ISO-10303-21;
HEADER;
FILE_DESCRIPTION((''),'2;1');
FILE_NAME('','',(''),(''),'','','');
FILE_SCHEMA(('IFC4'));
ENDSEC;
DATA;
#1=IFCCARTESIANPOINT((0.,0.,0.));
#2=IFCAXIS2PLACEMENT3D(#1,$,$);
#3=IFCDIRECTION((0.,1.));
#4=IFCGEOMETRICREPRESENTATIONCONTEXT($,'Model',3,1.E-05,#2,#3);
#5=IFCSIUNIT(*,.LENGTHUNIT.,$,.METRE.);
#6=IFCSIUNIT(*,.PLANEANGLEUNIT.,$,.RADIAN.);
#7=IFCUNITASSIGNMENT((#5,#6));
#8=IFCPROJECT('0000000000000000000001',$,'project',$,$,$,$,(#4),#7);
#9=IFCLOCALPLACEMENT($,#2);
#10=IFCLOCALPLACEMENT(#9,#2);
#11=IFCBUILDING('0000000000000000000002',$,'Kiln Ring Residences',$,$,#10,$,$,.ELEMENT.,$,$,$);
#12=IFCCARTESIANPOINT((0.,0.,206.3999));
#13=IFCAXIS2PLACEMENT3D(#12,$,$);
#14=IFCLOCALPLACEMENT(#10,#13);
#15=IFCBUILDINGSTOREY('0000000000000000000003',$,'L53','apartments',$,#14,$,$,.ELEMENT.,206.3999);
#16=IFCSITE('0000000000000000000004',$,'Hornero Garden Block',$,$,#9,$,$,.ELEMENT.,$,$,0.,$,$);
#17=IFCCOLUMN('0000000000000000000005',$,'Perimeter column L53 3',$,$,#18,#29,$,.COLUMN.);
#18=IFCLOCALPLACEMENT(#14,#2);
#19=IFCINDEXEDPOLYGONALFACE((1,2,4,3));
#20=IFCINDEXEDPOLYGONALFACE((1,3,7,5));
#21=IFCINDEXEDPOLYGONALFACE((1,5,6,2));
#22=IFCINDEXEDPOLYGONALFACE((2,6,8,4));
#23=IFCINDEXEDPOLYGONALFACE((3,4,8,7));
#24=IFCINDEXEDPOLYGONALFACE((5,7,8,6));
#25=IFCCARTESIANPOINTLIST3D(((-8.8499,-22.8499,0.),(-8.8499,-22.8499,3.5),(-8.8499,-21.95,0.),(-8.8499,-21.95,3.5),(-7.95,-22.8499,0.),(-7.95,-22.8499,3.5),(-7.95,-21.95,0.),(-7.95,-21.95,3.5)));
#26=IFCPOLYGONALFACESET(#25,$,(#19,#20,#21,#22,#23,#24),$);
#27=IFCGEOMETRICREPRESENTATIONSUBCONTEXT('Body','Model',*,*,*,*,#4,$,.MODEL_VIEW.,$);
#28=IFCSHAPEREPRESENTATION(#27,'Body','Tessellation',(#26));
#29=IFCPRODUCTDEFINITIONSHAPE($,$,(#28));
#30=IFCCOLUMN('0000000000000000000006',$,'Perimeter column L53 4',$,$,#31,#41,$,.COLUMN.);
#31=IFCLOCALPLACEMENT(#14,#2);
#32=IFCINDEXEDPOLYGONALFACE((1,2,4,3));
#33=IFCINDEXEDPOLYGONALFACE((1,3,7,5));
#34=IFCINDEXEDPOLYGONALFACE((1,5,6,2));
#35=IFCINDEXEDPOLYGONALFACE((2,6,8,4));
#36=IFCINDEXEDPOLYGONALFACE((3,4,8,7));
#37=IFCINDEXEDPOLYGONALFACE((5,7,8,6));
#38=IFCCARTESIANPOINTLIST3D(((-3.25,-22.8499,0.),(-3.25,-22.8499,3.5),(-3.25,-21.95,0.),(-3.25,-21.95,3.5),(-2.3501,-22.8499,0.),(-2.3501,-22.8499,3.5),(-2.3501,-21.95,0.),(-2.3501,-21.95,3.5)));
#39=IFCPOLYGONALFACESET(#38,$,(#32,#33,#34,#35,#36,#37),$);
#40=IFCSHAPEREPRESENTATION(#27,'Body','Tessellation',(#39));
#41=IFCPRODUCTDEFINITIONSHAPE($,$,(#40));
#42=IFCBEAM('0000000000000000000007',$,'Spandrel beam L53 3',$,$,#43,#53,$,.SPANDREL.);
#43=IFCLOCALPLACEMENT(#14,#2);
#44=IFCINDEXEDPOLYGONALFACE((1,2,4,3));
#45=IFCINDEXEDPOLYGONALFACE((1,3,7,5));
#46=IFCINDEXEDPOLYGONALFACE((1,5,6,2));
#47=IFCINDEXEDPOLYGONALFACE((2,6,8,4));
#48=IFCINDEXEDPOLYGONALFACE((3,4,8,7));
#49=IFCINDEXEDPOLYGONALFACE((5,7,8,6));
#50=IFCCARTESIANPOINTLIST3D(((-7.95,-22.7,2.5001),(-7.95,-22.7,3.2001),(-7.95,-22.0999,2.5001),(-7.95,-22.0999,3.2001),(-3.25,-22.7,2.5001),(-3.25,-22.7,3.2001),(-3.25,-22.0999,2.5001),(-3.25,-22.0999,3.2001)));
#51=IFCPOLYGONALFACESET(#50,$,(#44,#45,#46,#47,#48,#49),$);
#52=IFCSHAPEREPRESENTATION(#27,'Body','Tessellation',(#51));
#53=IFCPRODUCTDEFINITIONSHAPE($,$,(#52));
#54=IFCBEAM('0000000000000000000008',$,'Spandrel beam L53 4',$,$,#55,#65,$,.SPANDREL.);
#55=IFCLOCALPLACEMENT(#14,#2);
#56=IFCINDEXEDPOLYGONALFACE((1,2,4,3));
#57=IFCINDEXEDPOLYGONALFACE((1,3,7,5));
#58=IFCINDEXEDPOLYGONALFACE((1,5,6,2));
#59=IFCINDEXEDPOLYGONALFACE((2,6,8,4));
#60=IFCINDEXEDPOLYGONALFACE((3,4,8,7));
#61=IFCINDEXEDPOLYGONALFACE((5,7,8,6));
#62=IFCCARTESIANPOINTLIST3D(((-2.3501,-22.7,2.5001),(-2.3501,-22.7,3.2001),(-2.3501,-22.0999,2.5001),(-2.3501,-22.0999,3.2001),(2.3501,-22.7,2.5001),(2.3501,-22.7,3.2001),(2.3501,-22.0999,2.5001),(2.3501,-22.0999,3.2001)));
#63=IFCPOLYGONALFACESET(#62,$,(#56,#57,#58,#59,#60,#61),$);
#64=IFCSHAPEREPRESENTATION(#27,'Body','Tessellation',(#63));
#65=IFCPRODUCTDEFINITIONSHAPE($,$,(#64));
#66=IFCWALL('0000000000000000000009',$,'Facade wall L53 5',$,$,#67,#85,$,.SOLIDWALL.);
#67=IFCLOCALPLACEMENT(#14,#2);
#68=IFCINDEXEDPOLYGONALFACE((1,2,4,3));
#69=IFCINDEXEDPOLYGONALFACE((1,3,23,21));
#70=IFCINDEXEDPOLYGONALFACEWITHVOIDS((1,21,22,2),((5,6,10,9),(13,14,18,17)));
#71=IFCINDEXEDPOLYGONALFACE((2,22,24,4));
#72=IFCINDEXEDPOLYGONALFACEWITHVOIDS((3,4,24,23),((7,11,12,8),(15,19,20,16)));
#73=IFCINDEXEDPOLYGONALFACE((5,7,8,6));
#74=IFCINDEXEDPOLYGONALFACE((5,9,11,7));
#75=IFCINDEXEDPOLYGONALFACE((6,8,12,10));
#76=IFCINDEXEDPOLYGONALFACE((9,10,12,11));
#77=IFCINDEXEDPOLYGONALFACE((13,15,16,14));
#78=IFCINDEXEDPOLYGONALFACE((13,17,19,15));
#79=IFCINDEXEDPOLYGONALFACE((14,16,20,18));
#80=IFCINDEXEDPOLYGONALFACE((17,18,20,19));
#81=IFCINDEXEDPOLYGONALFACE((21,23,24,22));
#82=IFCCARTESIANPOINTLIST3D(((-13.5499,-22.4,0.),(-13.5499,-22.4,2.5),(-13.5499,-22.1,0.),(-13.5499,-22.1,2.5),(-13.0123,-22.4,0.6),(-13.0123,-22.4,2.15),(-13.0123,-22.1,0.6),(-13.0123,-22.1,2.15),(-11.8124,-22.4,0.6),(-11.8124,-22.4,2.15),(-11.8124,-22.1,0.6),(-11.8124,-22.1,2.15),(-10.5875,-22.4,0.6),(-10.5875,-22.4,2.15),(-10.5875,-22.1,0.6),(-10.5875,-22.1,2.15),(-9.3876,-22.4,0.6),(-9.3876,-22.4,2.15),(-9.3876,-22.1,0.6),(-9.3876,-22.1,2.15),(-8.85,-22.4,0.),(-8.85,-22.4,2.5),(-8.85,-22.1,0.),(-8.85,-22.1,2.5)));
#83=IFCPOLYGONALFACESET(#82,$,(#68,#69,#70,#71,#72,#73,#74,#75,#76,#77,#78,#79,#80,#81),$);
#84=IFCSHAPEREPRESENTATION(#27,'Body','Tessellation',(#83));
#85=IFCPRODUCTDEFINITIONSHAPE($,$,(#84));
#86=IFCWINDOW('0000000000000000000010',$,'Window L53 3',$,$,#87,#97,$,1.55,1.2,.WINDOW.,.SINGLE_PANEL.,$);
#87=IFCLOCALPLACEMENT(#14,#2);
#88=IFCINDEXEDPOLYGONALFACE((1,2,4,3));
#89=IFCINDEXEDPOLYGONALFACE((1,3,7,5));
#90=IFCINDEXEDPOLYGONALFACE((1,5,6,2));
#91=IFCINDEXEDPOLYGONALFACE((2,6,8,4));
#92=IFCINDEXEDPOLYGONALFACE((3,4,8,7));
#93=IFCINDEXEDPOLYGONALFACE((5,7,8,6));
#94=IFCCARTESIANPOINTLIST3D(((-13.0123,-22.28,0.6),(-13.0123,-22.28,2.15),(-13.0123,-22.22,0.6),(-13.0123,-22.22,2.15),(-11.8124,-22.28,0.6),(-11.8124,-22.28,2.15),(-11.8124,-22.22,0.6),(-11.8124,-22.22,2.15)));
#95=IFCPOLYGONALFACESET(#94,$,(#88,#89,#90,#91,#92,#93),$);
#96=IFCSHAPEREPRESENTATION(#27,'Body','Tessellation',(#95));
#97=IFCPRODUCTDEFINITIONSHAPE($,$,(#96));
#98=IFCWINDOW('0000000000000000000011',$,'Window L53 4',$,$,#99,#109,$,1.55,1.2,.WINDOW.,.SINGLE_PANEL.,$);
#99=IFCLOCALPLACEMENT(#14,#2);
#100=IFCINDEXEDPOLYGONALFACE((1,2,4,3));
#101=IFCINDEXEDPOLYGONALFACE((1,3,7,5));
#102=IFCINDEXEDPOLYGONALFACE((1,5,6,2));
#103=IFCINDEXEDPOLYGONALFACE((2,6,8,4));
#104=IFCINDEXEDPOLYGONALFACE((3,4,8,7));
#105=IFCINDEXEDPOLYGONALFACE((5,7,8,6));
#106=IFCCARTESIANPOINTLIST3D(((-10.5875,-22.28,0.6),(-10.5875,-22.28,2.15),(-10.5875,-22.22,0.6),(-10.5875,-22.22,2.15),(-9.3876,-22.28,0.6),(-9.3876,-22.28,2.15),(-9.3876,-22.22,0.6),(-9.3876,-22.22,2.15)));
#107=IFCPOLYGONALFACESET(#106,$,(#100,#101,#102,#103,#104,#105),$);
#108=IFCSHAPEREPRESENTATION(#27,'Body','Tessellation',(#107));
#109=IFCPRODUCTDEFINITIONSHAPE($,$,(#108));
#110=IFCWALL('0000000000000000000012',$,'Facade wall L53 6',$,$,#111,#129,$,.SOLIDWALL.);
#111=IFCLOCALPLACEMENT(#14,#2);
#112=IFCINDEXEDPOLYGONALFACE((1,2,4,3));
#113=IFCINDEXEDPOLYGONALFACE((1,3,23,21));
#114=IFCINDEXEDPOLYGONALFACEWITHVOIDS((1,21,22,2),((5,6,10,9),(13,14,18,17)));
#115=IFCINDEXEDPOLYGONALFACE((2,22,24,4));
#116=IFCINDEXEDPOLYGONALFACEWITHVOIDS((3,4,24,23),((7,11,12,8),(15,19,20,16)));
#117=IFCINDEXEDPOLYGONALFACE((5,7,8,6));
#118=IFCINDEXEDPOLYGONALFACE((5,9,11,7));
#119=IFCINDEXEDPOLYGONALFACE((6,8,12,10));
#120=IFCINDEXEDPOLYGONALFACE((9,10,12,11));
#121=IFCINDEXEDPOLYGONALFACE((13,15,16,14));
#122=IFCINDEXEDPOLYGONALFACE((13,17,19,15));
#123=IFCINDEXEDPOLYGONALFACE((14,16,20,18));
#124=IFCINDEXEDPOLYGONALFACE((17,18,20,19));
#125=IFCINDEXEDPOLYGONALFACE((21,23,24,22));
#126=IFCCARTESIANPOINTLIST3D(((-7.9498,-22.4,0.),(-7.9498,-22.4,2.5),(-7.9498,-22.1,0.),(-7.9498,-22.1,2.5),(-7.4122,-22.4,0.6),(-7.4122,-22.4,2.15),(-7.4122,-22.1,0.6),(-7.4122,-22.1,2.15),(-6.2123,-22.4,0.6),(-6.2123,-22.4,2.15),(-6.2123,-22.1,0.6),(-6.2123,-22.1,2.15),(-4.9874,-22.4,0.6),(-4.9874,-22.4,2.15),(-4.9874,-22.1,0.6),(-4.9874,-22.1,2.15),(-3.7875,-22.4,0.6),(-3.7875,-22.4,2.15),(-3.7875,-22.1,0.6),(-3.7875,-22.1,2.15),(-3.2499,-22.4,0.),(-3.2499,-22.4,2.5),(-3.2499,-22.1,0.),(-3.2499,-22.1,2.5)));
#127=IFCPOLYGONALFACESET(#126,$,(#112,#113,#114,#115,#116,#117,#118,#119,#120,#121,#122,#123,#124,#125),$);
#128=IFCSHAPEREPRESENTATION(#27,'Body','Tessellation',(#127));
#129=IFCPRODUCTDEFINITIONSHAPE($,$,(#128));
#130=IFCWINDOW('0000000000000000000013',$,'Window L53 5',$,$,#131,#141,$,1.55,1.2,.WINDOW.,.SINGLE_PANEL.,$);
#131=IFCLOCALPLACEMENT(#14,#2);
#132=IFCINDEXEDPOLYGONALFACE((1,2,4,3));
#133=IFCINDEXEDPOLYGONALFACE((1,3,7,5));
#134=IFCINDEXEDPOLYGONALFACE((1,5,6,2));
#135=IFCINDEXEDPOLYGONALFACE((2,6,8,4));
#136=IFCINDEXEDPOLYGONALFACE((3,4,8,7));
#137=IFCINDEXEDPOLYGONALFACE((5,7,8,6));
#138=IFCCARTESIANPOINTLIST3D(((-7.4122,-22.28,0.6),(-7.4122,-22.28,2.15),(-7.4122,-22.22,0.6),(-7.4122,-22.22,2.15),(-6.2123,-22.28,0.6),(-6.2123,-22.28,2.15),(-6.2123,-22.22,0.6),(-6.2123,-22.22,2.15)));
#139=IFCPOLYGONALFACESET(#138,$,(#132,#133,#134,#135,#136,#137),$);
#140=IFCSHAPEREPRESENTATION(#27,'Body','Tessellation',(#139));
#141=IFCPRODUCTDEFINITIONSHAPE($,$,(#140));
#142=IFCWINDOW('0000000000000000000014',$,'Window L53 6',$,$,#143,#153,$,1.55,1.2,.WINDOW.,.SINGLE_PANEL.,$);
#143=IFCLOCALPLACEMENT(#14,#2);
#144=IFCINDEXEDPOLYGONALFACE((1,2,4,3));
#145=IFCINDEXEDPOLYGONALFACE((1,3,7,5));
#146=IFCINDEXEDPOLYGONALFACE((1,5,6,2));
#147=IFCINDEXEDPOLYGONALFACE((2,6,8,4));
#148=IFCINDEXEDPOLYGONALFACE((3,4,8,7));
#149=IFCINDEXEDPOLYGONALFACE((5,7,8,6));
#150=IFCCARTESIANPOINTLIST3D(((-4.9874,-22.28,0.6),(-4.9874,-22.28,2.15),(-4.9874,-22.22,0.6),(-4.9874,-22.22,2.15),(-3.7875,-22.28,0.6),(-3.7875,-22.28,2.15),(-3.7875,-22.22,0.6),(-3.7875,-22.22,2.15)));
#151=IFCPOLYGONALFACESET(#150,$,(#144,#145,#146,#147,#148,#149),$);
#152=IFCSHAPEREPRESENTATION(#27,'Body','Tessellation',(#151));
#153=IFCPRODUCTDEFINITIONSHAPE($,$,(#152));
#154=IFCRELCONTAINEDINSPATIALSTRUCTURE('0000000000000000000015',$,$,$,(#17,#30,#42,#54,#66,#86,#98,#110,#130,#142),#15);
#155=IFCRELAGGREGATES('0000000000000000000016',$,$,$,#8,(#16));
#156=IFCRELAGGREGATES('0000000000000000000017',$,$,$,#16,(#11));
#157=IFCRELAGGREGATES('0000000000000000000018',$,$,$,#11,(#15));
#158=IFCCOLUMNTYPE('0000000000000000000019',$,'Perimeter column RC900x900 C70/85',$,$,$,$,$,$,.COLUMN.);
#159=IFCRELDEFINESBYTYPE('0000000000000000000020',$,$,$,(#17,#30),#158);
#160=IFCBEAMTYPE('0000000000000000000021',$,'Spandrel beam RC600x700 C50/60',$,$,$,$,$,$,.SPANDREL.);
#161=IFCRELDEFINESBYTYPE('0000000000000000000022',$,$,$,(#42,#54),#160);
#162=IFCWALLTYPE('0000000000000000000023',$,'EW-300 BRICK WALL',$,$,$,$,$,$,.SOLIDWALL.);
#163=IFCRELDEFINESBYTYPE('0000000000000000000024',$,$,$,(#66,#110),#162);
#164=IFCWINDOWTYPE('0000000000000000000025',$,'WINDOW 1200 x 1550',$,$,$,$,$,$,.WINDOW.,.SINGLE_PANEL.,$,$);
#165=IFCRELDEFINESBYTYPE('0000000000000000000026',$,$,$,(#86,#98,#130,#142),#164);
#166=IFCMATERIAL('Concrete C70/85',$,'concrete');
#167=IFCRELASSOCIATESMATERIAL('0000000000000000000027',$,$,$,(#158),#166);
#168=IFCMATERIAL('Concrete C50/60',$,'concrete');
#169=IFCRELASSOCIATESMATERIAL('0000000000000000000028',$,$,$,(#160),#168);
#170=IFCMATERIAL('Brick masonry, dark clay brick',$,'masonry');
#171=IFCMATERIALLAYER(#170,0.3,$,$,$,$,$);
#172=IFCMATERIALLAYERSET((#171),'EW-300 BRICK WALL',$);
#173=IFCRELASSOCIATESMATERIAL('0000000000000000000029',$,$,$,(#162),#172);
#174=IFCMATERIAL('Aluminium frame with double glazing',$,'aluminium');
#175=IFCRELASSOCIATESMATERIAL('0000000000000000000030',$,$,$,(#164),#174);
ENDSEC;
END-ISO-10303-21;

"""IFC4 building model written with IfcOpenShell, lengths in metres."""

from ifc_helpers import new_model, si_unit, direction, frame, frame_2d, origin, origin_2d, place, context, subcontext, project, spatial, rectangle, extrude, material, layer, layer_set, material_profile, profile_set, type_object, element, fill, save


model = new_model("IFC4")

# Units and contexts
model_context = context("Model", 3, precision=1e-05, world=origin(), true_north=direction((0.0, 1.0)))
body_context = subcontext(model_context, "Body", "Model", "MODEL_VIEW")
ifc_project = project(units=[si_unit("LENGTHUNIT", "METRE"), si_unit("PLANEANGLEUNIT", "RADIAN")], contexts=[model_context])

# Site, building, storey
site_placement = place(None, origin())
site = spatial("IfcSite", under=ifc_project, at=site_placement, Name="Hornero Garden Block", CompositionType="ELEMENT", RefElevation=0.0)
building_placement = place(site_placement, origin())
building = spatial("IfcBuilding", under=site, at=building_placement, Name="Kiln Ring Residences", CompositionType="ELEMENT")
storey_placement = place(building_placement, frame((0.0, 0.0, 206.3999)))
storey = spatial("IfcBuildingStorey", under=building, at=storey_placement, Name="L53", Description="apartments", CompositionType="ELEMENT", Elevation=206.3999)

# Columns
ifc_material_1 = material(Name="Concrete C70/85", Category="concrete")
ifc_material_profile_1 = material_profile(ifc_material_1, rectangle(XDim=0.8999, YDim=0.8999, at=origin_2d()), Name="RC900x900")
ifc_profile_set_1 = profile_set([ifc_material_profile_1], Name="Concrete C70/85")
column_type = type_object("IfcColumnType", Name="Perimeter column RC900x900 C70/85", PredefinedType="COLUMN", material=ifc_profile_set_1)
for number, where, z_axis, x_axis, name in (
    (1, (-8.3999, -22.3999, 0.0), (0.0, 0.0, 1.0), (1.0, 0.0, 0.0), "Perimeter column L53 3"),
    (2, (-2.8, -22.3999, 0.0), (0.0, 0.0, 1.0), (1.0, 0.0, 0.0), "Perimeter column L53 4"),
):
    element("IfcColumn", number, at=place(storey_placement, frame(where, z_axis=z_axis, x_axis=x_axis)), inside=storey, type_object=column_type, Name=name, PredefinedType="COLUMN", context=body_context, shape_type="SweptSolid", body=[
        extrude(rectangle(XDim=0.8999, YDim=0.8999, at=origin_2d()), origin(), (0.0, 0.0, 1.0), 3.5),
    ])

# Beams
ifc_material_2 = material(Name="Concrete C50/60", Category="concrete")
ifc_material_profile_2 = material_profile(ifc_material_2, rectangle(XDim=0.6001, YDim=0.7, at=origin_2d()), Name="RC600x700")
ifc_profile_set_2 = profile_set([ifc_material_profile_2], Name="Concrete C50/60")
beam_type = type_object("IfcBeamType", Name="Spandrel beam RC600x700 C50/60", PredefinedType="SPANDREL", material=ifc_profile_set_2)
beam_1_placement = place(storey_placement, frame((-7.95, -22.3999, 2.8501), z_axis=(1.0, 0.0, 0.0), x_axis=(0.0, 1.0, 0.0)))
element("IfcBeam", 3, at=beam_1_placement, inside=storey, type_object=beam_type, Name="Spandrel beam L53 3", PredefinedType="SPANDREL", context=body_context, shape_type="SweptSolid", body=[
    extrude(rectangle(XDim=0.6001, YDim=0.7, at=origin_2d()), origin(), (0.0, 0.0, 1.0), 4.7),
])
beam_2_placement = place(storey_placement, frame((-2.3501, -22.3999, 2.8501), z_axis=(1.0, 0.0, 0.0), x_axis=(0.0, 1.0, 0.0)))
element("IfcBeam", 4, at=beam_2_placement, inside=storey, type_object=beam_type, Name="Spandrel beam L53 4", PredefinedType="SPANDREL", context=body_context, shape_type="SweptSolid", body=[
    extrude(rectangle(XDim=0.6001, YDim=0.7, at=origin_2d()), origin(), (0.0, 0.0, 1.0), 4.7002),
])

# Walls, openings, windows
ifc_material_3 = material(Name="Brick masonry, dark clay brick", Category="masonry")
ifc_layer_1 = layer(ifc_material_3, 0.3)
ifc_layer_set_1 = layer_set([ifc_layer_1], Name="EW-300 BRICK WALL")
wall_type_1 = type_object("IfcWallType", Name="EW-300 BRICK WALL", PredefinedType="SOLIDWALL", material=ifc_layer_set_1)
wall_1_placement = place(storey_placement, frame((-13.55, -22.25, 0.0), z_axis=(0.0, 0.0, 1.0), x_axis=(1.0, 0.0, 0.0)))
wall_1 = element("IfcWall", 5, at=wall_1_placement, inside=storey, type_object=wall_type_1, Name="Facade wall L53 5", PredefinedType="SOLIDWALL", context=body_context, shape_type="SweptSolid", body=[
    extrude(rectangle(XDim=4.7, YDim=0.3, at=frame_2d((2.3501, 0.0))), origin(), (0.0, 0.0, 1.0), 2.5),
])
opening_1_placement = place(wall_1_placement, frame((0.5376, 0.0, 0.6001)))
opening_1 = element("IfcOpeningElement", 6, at=opening_1_placement, cuts=wall_1, PredefinedType="OPENING", context=body_context, shape_type="SweptSolid", body=[
    extrude(rectangle(XDim=1.2, YDim=1.55, at=frame_2d((0.6001, 0.7749))), frame((0.0, 0.1599, 0.0), z_axis=(0.0, -1.0, 0.0), x_axis=(1.0, 0.0, 0.0)), (0.0, 0.0, 1.0), 0.3201),
])
opening_2_placement = place(wall_1_placement, frame((2.9624, 0.0, 0.6001)))
opening_2 = element("IfcOpeningElement", 7, at=opening_2_placement, cuts=wall_1, PredefinedType="OPENING", context=body_context, shape_type="SweptSolid", body=[
    extrude(rectangle(XDim=1.2, YDim=1.55, at=frame_2d((0.6001, 0.7749))), frame((0.0, 0.1599, 0.0), z_axis=(0.0, -1.0, 0.0), x_axis=(1.0, 0.0, 0.0)), (0.0, 0.0, 1.0), 0.3201),
])
ifc_material_4 = material(Name="Aluminium frame with double glazing", Category="aluminium")
window_type = type_object("IfcWindowType", Name="WINDOW 1200 x 1550", PartitioningType="SINGLE_PANEL", PredefinedType="WINDOW", material=ifc_material_4)
window_1_placement = place(opening_1_placement, origin())
window_1 = element("IfcWindow", 8, at=window_1_placement, inside=storey, type_object=window_type, Name="Window L53 3", OverallHeight=1.55, OverallWidth=1.2, PartitioningType="SINGLE_PANEL", PredefinedType="WINDOW", context=body_context, shape_type="SweptSolid", body=[
    extrude(rectangle(XDim=1.2, YDim=1.55, at=frame_2d((0.6001, 0.7749))), frame((0.0, 0.03, 0.0), z_axis=(0.0, -1.0, 0.0), x_axis=(1.0, 0.0, 0.0)), (0.0, 0.0, 1.0), 0.0601),
])
fill(opening_1, window_1)
window_2_placement = place(opening_2_placement, origin())
window_2 = element("IfcWindow", 9, at=window_2_placement, inside=storey, type_object=window_type, Name="Window L53 4", OverallHeight=1.55, OverallWidth=1.2, PartitioningType="SINGLE_PANEL", PredefinedType="WINDOW", context=body_context, shape_type="SweptSolid", body=[
    extrude(rectangle(XDim=1.2, YDim=1.55, at=frame_2d((0.6001, 0.7749))), frame((0.0, 0.03, 0.0), z_axis=(0.0, -1.0, 0.0), x_axis=(1.0, 0.0, 0.0)), (0.0, 0.0, 1.0), 0.0601),
])
fill(opening_2, window_2)
wall_2_placement = place(storey_placement, frame((-7.95, -22.25, 0.0), z_axis=(0.0, 0.0, 1.0), x_axis=(1.0, 0.0, 0.0)))
wall_2 = element("IfcWall", 10, at=wall_2_placement, inside=storey, type_object=wall_type_1, Name="Facade wall L53 6", PredefinedType="SOLIDWALL", context=body_context, shape_type="SweptSolid", body=[
    extrude(rectangle(XDim=4.7, YDim=0.3, at=frame_2d((2.3501, 0.0))), origin(), (0.0, 0.0, 1.0), 2.5),
])
opening_3_placement = place(wall_2_placement, frame((0.5376, 0.0, 0.6001)))
opening_3 = element("IfcOpeningElement", 11, at=opening_3_placement, cuts=wall_2, PredefinedType="OPENING", context=body_context, shape_type="SweptSolid", body=[
    extrude(rectangle(XDim=1.2, YDim=1.55, at=frame_2d((0.6001, 0.7749))), frame((0.0, 0.1599, 0.0), z_axis=(0.0, -1.0, 0.0), x_axis=(1.0, 0.0, 0.0)), (0.0, 0.0, 1.0), 0.3201),
])
opening_4_placement = place(wall_2_placement, frame((2.9624, 0.0, 0.6001)))
opening_4 = element("IfcOpeningElement", 12, at=opening_4_placement, cuts=wall_2, PredefinedType="OPENING", context=body_context, shape_type="SweptSolid", body=[
    extrude(rectangle(XDim=1.2, YDim=1.55, at=frame_2d((0.6001, 0.7749))), frame((0.0, 0.1599, 0.0), z_axis=(0.0, -1.0, 0.0), x_axis=(1.0, 0.0, 0.0)), (0.0, 0.0, 1.0), 0.3201),
])
window_3_placement = place(opening_3_placement, origin())
window_3 = element("IfcWindow", 13, at=window_3_placement, inside=storey, type_object=window_type, Name="Window L53 5", OverallHeight=1.55, OverallWidth=1.2, PartitioningType="SINGLE_PANEL", PredefinedType="WINDOW", context=body_context, shape_type="SweptSolid", body=[
    extrude(rectangle(XDim=1.2, YDim=1.55, at=frame_2d((0.6001, 0.7749))), frame((0.0, 0.03, 0.0), z_axis=(0.0, -1.0, 0.0), x_axis=(1.0, 0.0, 0.0)), (0.0, 0.0, 1.0), 0.0601),
])
fill(opening_3, window_3)
window_4_placement = place(opening_4_placement, origin())
window_4 = element("IfcWindow", 14, at=window_4_placement, inside=storey, type_object=window_type, Name="Window L53 6", OverallHeight=1.55, OverallWidth=1.2, PartitioningType="SINGLE_PANEL", PredefinedType="WINDOW", context=body_context, shape_type="SweptSolid", body=[
    extrude(rectangle(XDim=1.2, YDim=1.55, at=frame_2d((0.6001, 0.7749))), frame((0.0, 0.03, 0.0), z_axis=(0.0, -1.0, 0.0), x_axis=(1.0, 0.0, 0.0)), (0.0, 0.0, 1.0), 0.0601),
])
fill(opening_4, window_4)

save(model, "model.ifc")
